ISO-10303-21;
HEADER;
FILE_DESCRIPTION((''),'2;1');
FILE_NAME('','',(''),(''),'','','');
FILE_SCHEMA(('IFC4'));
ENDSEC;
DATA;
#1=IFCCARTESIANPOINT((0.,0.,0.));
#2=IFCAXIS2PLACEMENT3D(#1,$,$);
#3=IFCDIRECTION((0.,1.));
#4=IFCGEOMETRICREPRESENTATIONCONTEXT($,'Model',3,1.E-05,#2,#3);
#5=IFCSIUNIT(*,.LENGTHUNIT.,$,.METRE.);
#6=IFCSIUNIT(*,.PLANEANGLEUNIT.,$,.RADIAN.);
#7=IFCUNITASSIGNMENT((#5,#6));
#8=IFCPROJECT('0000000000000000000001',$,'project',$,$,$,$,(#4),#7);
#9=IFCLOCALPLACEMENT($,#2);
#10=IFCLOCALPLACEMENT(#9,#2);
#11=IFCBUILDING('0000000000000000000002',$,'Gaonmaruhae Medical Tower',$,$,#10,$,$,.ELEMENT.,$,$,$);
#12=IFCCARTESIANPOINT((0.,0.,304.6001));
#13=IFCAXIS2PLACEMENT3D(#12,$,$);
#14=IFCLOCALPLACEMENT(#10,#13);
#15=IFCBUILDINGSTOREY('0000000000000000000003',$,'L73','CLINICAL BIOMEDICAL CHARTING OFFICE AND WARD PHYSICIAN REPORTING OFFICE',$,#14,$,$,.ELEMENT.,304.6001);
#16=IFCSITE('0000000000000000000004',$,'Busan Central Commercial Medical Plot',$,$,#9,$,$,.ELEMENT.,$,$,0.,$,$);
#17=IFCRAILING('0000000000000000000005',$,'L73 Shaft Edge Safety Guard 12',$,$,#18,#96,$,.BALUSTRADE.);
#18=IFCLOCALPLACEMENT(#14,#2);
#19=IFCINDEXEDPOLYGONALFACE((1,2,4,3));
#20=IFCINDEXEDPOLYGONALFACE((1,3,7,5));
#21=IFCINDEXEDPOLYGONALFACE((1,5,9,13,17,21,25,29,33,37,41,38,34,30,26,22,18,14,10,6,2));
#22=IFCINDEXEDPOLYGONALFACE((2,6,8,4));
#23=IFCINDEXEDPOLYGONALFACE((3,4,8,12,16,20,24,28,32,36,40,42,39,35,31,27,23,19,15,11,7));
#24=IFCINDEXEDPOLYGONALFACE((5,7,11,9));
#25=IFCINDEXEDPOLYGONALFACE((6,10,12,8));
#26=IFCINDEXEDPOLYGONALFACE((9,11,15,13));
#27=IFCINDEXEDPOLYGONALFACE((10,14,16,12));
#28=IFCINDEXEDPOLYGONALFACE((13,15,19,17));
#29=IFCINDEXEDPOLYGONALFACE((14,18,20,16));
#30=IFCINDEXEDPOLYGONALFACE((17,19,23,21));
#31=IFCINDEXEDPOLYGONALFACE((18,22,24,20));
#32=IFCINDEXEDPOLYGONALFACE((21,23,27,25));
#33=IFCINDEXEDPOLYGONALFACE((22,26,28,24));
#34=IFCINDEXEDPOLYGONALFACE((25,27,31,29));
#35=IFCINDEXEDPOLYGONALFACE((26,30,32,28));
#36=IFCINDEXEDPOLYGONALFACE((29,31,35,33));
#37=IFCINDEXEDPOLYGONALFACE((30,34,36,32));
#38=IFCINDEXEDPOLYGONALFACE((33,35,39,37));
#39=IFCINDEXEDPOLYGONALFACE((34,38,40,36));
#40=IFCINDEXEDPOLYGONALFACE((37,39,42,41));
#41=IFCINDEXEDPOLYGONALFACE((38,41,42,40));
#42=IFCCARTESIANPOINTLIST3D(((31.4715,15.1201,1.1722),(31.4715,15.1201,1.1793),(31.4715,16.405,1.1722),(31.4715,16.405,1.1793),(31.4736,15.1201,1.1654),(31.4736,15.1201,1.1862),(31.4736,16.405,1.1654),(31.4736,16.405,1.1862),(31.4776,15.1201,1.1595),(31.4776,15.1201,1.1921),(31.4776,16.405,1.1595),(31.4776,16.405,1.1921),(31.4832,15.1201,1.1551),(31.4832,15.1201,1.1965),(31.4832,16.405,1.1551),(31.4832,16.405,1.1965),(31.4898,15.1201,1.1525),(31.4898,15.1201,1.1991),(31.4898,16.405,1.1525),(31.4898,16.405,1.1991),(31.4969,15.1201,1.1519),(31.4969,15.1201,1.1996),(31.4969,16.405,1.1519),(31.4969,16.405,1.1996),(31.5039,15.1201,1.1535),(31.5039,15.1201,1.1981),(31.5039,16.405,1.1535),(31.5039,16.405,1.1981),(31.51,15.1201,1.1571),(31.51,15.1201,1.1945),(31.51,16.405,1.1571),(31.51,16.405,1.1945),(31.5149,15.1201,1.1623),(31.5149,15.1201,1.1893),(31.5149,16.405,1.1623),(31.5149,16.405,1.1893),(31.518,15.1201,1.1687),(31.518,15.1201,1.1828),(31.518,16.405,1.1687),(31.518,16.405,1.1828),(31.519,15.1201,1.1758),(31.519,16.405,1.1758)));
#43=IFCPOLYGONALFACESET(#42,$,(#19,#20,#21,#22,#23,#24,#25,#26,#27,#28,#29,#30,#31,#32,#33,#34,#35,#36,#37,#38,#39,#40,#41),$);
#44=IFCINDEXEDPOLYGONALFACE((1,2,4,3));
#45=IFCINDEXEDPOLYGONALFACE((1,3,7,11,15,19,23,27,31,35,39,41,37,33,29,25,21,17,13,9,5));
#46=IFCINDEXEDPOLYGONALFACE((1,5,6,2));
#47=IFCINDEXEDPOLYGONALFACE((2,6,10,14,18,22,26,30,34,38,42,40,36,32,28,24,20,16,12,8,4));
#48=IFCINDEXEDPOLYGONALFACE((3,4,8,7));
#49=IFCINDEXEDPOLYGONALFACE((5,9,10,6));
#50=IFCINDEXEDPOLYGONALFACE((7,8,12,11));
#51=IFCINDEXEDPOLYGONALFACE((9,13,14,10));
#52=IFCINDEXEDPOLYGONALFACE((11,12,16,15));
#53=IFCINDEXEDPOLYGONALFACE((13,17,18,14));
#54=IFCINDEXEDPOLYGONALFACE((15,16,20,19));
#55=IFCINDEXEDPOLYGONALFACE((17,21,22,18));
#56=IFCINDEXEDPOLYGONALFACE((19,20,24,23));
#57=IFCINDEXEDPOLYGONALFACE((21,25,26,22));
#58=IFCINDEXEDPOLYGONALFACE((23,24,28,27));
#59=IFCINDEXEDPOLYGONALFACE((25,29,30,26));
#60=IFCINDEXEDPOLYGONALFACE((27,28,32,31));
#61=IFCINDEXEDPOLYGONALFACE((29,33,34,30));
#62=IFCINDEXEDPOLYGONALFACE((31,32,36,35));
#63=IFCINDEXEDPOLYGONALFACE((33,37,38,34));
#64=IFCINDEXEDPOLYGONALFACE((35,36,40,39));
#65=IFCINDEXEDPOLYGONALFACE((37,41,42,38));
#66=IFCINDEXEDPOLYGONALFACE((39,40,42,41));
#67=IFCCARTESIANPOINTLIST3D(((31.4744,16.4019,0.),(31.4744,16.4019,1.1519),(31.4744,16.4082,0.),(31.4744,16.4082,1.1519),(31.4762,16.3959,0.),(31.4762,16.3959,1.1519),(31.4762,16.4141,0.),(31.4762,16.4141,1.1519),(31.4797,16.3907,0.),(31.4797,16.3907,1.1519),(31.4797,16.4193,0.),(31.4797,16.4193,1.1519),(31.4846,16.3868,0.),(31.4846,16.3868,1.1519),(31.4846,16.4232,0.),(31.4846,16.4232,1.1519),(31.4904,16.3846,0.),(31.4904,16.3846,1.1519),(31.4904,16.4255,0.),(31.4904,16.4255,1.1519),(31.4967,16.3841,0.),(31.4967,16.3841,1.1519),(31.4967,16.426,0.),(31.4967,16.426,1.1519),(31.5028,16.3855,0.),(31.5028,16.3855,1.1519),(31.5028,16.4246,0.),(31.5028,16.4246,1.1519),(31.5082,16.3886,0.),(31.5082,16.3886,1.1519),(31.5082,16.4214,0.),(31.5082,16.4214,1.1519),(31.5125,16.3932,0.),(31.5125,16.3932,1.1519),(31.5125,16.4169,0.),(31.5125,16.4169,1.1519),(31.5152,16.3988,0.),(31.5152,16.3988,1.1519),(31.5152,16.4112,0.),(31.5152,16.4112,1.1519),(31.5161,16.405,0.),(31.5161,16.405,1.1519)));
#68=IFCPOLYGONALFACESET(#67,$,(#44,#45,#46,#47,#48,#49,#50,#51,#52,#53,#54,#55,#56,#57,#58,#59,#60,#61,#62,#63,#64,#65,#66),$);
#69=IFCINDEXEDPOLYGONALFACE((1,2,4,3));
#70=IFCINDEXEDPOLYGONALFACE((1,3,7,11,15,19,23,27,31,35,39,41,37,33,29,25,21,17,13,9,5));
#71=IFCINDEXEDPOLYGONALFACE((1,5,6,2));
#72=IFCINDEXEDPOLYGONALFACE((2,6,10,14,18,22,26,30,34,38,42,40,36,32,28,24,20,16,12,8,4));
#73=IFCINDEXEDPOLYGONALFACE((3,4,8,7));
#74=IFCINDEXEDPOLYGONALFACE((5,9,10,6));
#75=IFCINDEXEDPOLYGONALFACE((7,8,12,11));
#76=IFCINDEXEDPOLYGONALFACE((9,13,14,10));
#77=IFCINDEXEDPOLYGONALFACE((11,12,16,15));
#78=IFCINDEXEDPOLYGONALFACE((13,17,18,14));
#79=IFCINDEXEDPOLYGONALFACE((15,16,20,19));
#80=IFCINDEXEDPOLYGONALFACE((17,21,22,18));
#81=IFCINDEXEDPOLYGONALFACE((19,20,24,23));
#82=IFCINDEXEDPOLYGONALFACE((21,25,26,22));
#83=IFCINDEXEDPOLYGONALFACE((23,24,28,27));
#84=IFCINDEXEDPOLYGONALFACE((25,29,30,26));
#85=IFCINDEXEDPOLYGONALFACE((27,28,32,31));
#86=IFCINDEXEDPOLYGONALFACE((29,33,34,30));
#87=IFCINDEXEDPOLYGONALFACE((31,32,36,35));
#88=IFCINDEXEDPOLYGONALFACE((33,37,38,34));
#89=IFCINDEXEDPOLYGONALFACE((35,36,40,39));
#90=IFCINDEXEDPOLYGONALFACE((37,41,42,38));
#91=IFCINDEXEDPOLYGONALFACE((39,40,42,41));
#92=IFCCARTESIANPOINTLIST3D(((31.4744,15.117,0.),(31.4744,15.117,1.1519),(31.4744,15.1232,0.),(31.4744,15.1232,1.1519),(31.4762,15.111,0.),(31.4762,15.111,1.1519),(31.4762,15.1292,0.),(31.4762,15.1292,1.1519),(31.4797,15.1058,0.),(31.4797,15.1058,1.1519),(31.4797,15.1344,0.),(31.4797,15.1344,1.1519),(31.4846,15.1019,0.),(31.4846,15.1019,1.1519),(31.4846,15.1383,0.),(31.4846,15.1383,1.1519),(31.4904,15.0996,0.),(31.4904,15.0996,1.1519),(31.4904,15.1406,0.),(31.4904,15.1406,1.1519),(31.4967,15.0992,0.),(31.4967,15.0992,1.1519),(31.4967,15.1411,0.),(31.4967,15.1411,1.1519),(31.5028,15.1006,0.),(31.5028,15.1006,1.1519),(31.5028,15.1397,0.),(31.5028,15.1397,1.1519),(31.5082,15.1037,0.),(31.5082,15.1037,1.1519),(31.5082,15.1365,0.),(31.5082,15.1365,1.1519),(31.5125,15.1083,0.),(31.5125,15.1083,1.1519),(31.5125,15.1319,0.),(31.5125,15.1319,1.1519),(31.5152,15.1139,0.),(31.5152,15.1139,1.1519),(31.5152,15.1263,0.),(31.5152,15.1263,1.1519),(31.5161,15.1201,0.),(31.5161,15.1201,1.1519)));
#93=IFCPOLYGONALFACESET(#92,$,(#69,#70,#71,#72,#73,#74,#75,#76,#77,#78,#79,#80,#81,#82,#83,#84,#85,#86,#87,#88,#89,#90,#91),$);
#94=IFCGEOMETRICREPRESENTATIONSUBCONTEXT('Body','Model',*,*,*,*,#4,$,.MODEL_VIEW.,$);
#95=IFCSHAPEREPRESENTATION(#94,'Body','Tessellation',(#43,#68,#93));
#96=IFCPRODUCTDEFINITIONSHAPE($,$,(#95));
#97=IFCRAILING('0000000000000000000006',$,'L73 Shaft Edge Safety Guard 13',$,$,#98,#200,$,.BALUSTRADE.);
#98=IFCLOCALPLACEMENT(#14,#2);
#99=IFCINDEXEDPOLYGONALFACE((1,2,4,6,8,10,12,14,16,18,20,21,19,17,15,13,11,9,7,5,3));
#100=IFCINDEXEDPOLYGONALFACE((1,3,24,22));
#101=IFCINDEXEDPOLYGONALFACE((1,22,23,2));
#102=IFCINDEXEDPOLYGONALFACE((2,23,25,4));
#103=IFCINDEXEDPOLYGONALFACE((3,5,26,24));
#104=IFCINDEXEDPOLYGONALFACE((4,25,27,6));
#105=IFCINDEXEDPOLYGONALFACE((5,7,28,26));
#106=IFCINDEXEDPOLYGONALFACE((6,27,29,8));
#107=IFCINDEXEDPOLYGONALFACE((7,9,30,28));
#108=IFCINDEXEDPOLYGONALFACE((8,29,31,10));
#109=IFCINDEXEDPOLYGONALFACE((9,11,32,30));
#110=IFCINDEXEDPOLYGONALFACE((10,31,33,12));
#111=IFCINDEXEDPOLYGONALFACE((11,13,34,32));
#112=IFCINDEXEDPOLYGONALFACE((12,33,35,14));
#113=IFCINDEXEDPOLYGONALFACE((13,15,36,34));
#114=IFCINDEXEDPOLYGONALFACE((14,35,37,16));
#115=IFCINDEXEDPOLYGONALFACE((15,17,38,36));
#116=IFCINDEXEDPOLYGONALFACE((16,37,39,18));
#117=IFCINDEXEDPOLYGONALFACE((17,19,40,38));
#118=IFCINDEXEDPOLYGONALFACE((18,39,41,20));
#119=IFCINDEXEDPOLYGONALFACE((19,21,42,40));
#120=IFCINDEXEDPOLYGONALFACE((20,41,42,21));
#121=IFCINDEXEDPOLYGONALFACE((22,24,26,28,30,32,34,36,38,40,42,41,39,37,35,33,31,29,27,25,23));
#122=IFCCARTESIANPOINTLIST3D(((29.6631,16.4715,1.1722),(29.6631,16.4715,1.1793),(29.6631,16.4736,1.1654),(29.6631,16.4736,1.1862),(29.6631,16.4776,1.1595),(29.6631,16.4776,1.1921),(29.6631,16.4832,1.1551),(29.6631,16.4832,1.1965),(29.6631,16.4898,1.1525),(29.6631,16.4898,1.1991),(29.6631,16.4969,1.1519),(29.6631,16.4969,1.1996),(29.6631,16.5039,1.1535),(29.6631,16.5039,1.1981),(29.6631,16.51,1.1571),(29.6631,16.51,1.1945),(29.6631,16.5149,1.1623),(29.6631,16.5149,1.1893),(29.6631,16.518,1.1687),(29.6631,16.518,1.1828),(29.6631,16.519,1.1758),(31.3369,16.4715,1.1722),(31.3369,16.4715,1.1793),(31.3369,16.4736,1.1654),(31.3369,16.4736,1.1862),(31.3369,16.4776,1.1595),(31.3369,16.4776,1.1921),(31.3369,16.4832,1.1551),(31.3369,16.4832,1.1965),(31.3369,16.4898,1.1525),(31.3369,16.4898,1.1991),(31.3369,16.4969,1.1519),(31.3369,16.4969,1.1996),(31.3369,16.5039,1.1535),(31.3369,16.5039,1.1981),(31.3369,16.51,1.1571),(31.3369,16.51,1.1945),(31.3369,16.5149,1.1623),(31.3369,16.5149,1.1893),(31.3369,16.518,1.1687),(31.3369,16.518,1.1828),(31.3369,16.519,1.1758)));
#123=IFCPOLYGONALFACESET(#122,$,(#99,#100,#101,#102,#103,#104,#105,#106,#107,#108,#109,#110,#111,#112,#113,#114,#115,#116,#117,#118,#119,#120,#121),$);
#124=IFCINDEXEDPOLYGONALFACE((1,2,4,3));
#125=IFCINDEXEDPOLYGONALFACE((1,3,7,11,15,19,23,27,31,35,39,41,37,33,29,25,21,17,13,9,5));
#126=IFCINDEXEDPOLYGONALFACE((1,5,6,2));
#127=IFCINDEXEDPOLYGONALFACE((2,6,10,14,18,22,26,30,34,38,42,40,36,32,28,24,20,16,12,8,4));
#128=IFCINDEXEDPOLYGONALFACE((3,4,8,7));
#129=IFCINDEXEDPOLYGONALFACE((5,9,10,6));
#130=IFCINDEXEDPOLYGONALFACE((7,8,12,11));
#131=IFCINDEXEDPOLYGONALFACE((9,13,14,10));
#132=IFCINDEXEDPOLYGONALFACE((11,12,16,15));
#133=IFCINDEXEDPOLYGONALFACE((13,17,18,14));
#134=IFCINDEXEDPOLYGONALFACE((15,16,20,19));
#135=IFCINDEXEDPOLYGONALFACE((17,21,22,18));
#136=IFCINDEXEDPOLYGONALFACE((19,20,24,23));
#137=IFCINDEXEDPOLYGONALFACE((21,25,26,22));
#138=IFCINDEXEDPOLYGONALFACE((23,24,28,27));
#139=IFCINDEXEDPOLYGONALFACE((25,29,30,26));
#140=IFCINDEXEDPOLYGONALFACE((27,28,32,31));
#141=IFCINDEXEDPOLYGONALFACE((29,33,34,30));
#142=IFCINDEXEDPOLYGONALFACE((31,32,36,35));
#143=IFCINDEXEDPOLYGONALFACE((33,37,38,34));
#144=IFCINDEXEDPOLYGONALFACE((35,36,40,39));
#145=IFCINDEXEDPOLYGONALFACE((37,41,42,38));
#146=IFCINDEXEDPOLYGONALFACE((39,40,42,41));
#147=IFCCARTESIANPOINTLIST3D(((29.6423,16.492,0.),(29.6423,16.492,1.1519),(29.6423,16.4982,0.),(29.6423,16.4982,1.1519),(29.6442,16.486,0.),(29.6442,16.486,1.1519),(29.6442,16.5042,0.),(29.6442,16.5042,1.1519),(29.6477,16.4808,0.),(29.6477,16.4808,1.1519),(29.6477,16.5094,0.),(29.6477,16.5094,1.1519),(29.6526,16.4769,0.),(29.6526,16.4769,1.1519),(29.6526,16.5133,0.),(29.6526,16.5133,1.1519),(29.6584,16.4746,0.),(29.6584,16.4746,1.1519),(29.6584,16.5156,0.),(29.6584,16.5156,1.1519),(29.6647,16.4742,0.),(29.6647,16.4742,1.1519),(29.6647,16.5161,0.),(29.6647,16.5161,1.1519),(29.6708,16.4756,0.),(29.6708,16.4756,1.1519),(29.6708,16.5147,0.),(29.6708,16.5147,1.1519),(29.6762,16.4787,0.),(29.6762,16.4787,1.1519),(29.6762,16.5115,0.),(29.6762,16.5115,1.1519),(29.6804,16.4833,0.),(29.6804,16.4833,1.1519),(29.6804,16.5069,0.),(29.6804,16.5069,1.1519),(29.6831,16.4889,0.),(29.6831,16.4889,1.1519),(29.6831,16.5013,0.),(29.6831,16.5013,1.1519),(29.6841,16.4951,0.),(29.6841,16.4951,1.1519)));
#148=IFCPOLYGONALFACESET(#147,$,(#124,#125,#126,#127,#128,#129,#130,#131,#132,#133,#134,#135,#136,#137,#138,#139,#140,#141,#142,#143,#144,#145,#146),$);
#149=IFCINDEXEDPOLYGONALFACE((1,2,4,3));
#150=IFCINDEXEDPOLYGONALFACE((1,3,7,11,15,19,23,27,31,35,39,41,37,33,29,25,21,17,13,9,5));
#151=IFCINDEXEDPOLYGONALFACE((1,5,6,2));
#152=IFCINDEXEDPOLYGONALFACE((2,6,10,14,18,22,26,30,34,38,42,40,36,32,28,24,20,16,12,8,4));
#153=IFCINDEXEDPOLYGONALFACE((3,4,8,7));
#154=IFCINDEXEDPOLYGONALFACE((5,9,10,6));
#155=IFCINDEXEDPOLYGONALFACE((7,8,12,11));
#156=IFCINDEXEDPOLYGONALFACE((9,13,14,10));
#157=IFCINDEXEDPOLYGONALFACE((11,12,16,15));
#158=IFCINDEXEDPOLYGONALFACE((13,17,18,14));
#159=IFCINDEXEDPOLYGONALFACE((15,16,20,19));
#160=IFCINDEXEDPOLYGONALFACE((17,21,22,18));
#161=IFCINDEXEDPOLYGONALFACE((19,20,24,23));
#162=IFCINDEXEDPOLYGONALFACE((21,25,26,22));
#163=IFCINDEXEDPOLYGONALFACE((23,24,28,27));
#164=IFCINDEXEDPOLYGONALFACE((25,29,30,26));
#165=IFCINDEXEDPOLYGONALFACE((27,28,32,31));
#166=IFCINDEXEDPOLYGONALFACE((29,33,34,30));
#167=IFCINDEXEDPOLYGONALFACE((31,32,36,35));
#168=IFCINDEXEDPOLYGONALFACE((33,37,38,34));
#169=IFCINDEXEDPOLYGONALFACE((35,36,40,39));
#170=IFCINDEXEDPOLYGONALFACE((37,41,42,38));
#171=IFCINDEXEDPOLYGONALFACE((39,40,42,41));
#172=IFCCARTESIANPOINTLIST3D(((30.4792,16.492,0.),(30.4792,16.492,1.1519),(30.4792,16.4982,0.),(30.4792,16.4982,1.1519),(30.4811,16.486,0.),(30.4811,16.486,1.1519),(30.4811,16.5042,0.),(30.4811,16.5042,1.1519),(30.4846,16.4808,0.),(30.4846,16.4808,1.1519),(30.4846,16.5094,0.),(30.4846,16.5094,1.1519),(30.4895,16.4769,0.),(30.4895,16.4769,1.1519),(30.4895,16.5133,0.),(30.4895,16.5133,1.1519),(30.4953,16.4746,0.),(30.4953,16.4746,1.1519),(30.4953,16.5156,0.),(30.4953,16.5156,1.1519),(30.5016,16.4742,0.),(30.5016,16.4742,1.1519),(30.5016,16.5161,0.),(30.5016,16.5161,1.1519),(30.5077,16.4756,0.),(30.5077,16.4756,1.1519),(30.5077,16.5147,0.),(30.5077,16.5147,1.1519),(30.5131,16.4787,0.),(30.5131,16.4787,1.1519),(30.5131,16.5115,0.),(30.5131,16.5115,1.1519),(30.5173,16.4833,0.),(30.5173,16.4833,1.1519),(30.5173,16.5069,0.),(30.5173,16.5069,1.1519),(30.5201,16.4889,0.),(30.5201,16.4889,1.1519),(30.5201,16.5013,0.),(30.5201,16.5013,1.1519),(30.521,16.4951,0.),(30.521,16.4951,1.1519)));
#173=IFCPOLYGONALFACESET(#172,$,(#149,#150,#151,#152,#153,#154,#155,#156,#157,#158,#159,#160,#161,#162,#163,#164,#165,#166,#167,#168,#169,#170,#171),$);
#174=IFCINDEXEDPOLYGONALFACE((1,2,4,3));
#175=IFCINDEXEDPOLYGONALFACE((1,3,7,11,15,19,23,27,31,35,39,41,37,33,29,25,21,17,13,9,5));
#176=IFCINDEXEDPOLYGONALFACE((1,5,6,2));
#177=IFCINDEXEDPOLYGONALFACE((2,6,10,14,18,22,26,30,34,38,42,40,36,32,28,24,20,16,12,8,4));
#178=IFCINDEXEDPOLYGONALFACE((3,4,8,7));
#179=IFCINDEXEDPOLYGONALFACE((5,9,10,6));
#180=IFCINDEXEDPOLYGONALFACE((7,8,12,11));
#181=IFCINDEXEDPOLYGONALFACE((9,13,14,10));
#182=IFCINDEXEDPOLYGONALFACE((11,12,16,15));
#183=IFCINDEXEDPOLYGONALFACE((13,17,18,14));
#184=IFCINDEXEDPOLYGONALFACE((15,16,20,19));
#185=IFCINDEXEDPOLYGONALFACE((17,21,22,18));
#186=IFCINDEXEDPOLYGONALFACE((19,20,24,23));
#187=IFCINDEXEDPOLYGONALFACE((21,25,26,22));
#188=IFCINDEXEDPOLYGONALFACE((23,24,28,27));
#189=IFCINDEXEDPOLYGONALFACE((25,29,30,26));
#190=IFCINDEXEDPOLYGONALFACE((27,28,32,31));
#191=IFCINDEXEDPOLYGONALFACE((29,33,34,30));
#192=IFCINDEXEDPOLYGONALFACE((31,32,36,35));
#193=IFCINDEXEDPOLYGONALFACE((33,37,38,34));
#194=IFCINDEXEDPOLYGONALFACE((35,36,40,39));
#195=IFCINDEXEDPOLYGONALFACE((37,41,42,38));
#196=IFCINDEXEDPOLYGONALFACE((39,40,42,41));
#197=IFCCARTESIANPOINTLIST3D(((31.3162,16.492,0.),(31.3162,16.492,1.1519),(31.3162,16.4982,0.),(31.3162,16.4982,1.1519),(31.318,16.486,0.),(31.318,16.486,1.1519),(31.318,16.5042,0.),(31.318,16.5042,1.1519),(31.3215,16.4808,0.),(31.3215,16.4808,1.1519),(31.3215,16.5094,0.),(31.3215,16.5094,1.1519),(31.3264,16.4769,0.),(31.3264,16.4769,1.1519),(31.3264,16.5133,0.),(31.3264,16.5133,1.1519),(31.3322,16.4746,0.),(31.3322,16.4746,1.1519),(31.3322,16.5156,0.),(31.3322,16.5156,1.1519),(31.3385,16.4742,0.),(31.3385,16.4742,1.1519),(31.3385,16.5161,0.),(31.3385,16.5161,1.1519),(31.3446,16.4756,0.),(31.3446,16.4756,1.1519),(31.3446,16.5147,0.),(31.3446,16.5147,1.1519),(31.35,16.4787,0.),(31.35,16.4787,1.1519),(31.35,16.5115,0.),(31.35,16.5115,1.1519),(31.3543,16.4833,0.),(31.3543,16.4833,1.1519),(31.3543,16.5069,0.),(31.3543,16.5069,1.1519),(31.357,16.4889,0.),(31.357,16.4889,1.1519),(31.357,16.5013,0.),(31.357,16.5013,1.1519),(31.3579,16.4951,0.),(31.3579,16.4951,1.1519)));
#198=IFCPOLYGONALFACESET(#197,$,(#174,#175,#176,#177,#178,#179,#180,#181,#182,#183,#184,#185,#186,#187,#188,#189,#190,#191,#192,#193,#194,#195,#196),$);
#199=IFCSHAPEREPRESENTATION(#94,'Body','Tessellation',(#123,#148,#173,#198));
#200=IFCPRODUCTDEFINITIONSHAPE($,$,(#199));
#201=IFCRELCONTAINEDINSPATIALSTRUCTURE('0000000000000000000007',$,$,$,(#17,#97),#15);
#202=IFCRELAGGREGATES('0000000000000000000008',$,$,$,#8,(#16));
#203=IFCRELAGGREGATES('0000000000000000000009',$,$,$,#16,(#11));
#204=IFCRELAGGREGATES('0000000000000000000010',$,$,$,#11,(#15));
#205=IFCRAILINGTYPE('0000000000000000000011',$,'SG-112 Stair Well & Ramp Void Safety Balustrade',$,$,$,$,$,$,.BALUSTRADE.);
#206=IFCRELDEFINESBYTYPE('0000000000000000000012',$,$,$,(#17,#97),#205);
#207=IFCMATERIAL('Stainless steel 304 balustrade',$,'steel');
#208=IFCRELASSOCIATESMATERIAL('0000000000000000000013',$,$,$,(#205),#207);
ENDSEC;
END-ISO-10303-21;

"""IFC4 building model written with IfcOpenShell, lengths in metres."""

from ifc_helpers import new_model, si_unit, direction, frame, origin, origin_2d, place, context, subcontext, project, spatial, circle, extrude, material, type_object, element, save


model = new_model("IFC4")

# Units and contexts
model_context = context("Model", 3, precision=1e-05, world=origin(), true_north=direction((0.0, 1.0)))
body_context = subcontext(model_context, "Body", "Model", "MODEL_VIEW")
ifc_project = project(units=[si_unit("LENGTHUNIT", "METRE"), si_unit("PLANEANGLEUNIT", "RADIAN")], contexts=[model_context])

# Site, building, storey
site_placement = place(None, origin())
site = spatial("IfcSite", under=ifc_project, at=site_placement, Name="Busan Central Commercial Medical Plot", CompositionType="ELEMENT", RefElevation=0.0)
building_placement = place(site_placement, origin())
building = spatial("IfcBuilding", under=site, at=building_placement, Name="Gaonmaruhae Medical Tower", CompositionType="ELEMENT")
storey_placement = place(building_placement, frame((0.0, 0.0, 304.6001)))
storey = spatial("IfcBuildingStorey", under=building, at=storey_placement, Name="L73", Description="CLINICAL BIOMEDICAL CHARTING OFFICE AND WARD PHYSICIAN REPORTING OFFICE", CompositionType="ELEMENT", Elevation=304.6001)

# Railings
ifc_material_1 = material(Name="Stainless steel 304 balustrade", Category="steel")
railing_type_1 = type_object("IfcRailingType", Name="SG-112 Stair Well & Ramp Void Safety Balustrade", PredefinedType="BALUSTRADE", material=ifc_material_1)
railing_1_placement = place(storey_placement, frame((31.4951, 16.405, 0.0)))
element("IfcRailing", 1, at=railing_1_placement, inside=storey, type_object=railing_type_1, Name="L73 Shaft Edge Safety Guard 12", PredefinedType="BALUSTRADE", context=body_context, shape_type="SweptSolid", body=[
    extrude(circle(Radius=0.0239, at=origin_2d()), frame((0.0, 0.0, 1.1758), z_axis=(0.0, -1.0, 0.0), x_axis=(1.0, 0.0, 0.0)), (0.0, 0.0, 1.0), 1.2849),
    extrude(circle(Radius=0.021, at=origin_2d()), origin(), (0.0, 0.0, 1.0), 1.1519),
    extrude(circle(Radius=0.021, at=origin_2d()), frame((0.0, -1.2849, 0.0)), (0.0, 0.0, 1.0), 1.1519),
])
railing_2_placement = place(storey_placement, frame((29.6631, 16.4951, 0.0)))
element("IfcRailing", 2, at=railing_2_placement, inside=storey, type_object=railing_type_1, Name="L73 Shaft Edge Safety Guard 13", PredefinedType="BALUSTRADE", context=body_context, shape_type="SweptSolid", body=[
    extrude(circle(Radius=0.0239, at=origin_2d()), frame((0.0, 0.0, 1.1758), z_axis=(1.0, 0.0, 0.0), x_axis=(0.0, 1.0, 0.0)), (0.0, 0.0, 1.0), 1.6738),
    extrude(circle(Radius=0.021, at=origin_2d()), origin(), (0.0, 0.0, 1.0), 1.1519),
    extrude(circle(Radius=0.021, at=origin_2d()), frame((0.8369, 0.0, 0.0)), (0.0, 0.0, 1.0), 1.1519),
    extrude(circle(Radius=0.021, at=origin_2d()), frame((1.6738, 0.0, 0.0)), (0.0, 0.0, 1.0), 1.1519),
])

save(model, "model.ifc")
